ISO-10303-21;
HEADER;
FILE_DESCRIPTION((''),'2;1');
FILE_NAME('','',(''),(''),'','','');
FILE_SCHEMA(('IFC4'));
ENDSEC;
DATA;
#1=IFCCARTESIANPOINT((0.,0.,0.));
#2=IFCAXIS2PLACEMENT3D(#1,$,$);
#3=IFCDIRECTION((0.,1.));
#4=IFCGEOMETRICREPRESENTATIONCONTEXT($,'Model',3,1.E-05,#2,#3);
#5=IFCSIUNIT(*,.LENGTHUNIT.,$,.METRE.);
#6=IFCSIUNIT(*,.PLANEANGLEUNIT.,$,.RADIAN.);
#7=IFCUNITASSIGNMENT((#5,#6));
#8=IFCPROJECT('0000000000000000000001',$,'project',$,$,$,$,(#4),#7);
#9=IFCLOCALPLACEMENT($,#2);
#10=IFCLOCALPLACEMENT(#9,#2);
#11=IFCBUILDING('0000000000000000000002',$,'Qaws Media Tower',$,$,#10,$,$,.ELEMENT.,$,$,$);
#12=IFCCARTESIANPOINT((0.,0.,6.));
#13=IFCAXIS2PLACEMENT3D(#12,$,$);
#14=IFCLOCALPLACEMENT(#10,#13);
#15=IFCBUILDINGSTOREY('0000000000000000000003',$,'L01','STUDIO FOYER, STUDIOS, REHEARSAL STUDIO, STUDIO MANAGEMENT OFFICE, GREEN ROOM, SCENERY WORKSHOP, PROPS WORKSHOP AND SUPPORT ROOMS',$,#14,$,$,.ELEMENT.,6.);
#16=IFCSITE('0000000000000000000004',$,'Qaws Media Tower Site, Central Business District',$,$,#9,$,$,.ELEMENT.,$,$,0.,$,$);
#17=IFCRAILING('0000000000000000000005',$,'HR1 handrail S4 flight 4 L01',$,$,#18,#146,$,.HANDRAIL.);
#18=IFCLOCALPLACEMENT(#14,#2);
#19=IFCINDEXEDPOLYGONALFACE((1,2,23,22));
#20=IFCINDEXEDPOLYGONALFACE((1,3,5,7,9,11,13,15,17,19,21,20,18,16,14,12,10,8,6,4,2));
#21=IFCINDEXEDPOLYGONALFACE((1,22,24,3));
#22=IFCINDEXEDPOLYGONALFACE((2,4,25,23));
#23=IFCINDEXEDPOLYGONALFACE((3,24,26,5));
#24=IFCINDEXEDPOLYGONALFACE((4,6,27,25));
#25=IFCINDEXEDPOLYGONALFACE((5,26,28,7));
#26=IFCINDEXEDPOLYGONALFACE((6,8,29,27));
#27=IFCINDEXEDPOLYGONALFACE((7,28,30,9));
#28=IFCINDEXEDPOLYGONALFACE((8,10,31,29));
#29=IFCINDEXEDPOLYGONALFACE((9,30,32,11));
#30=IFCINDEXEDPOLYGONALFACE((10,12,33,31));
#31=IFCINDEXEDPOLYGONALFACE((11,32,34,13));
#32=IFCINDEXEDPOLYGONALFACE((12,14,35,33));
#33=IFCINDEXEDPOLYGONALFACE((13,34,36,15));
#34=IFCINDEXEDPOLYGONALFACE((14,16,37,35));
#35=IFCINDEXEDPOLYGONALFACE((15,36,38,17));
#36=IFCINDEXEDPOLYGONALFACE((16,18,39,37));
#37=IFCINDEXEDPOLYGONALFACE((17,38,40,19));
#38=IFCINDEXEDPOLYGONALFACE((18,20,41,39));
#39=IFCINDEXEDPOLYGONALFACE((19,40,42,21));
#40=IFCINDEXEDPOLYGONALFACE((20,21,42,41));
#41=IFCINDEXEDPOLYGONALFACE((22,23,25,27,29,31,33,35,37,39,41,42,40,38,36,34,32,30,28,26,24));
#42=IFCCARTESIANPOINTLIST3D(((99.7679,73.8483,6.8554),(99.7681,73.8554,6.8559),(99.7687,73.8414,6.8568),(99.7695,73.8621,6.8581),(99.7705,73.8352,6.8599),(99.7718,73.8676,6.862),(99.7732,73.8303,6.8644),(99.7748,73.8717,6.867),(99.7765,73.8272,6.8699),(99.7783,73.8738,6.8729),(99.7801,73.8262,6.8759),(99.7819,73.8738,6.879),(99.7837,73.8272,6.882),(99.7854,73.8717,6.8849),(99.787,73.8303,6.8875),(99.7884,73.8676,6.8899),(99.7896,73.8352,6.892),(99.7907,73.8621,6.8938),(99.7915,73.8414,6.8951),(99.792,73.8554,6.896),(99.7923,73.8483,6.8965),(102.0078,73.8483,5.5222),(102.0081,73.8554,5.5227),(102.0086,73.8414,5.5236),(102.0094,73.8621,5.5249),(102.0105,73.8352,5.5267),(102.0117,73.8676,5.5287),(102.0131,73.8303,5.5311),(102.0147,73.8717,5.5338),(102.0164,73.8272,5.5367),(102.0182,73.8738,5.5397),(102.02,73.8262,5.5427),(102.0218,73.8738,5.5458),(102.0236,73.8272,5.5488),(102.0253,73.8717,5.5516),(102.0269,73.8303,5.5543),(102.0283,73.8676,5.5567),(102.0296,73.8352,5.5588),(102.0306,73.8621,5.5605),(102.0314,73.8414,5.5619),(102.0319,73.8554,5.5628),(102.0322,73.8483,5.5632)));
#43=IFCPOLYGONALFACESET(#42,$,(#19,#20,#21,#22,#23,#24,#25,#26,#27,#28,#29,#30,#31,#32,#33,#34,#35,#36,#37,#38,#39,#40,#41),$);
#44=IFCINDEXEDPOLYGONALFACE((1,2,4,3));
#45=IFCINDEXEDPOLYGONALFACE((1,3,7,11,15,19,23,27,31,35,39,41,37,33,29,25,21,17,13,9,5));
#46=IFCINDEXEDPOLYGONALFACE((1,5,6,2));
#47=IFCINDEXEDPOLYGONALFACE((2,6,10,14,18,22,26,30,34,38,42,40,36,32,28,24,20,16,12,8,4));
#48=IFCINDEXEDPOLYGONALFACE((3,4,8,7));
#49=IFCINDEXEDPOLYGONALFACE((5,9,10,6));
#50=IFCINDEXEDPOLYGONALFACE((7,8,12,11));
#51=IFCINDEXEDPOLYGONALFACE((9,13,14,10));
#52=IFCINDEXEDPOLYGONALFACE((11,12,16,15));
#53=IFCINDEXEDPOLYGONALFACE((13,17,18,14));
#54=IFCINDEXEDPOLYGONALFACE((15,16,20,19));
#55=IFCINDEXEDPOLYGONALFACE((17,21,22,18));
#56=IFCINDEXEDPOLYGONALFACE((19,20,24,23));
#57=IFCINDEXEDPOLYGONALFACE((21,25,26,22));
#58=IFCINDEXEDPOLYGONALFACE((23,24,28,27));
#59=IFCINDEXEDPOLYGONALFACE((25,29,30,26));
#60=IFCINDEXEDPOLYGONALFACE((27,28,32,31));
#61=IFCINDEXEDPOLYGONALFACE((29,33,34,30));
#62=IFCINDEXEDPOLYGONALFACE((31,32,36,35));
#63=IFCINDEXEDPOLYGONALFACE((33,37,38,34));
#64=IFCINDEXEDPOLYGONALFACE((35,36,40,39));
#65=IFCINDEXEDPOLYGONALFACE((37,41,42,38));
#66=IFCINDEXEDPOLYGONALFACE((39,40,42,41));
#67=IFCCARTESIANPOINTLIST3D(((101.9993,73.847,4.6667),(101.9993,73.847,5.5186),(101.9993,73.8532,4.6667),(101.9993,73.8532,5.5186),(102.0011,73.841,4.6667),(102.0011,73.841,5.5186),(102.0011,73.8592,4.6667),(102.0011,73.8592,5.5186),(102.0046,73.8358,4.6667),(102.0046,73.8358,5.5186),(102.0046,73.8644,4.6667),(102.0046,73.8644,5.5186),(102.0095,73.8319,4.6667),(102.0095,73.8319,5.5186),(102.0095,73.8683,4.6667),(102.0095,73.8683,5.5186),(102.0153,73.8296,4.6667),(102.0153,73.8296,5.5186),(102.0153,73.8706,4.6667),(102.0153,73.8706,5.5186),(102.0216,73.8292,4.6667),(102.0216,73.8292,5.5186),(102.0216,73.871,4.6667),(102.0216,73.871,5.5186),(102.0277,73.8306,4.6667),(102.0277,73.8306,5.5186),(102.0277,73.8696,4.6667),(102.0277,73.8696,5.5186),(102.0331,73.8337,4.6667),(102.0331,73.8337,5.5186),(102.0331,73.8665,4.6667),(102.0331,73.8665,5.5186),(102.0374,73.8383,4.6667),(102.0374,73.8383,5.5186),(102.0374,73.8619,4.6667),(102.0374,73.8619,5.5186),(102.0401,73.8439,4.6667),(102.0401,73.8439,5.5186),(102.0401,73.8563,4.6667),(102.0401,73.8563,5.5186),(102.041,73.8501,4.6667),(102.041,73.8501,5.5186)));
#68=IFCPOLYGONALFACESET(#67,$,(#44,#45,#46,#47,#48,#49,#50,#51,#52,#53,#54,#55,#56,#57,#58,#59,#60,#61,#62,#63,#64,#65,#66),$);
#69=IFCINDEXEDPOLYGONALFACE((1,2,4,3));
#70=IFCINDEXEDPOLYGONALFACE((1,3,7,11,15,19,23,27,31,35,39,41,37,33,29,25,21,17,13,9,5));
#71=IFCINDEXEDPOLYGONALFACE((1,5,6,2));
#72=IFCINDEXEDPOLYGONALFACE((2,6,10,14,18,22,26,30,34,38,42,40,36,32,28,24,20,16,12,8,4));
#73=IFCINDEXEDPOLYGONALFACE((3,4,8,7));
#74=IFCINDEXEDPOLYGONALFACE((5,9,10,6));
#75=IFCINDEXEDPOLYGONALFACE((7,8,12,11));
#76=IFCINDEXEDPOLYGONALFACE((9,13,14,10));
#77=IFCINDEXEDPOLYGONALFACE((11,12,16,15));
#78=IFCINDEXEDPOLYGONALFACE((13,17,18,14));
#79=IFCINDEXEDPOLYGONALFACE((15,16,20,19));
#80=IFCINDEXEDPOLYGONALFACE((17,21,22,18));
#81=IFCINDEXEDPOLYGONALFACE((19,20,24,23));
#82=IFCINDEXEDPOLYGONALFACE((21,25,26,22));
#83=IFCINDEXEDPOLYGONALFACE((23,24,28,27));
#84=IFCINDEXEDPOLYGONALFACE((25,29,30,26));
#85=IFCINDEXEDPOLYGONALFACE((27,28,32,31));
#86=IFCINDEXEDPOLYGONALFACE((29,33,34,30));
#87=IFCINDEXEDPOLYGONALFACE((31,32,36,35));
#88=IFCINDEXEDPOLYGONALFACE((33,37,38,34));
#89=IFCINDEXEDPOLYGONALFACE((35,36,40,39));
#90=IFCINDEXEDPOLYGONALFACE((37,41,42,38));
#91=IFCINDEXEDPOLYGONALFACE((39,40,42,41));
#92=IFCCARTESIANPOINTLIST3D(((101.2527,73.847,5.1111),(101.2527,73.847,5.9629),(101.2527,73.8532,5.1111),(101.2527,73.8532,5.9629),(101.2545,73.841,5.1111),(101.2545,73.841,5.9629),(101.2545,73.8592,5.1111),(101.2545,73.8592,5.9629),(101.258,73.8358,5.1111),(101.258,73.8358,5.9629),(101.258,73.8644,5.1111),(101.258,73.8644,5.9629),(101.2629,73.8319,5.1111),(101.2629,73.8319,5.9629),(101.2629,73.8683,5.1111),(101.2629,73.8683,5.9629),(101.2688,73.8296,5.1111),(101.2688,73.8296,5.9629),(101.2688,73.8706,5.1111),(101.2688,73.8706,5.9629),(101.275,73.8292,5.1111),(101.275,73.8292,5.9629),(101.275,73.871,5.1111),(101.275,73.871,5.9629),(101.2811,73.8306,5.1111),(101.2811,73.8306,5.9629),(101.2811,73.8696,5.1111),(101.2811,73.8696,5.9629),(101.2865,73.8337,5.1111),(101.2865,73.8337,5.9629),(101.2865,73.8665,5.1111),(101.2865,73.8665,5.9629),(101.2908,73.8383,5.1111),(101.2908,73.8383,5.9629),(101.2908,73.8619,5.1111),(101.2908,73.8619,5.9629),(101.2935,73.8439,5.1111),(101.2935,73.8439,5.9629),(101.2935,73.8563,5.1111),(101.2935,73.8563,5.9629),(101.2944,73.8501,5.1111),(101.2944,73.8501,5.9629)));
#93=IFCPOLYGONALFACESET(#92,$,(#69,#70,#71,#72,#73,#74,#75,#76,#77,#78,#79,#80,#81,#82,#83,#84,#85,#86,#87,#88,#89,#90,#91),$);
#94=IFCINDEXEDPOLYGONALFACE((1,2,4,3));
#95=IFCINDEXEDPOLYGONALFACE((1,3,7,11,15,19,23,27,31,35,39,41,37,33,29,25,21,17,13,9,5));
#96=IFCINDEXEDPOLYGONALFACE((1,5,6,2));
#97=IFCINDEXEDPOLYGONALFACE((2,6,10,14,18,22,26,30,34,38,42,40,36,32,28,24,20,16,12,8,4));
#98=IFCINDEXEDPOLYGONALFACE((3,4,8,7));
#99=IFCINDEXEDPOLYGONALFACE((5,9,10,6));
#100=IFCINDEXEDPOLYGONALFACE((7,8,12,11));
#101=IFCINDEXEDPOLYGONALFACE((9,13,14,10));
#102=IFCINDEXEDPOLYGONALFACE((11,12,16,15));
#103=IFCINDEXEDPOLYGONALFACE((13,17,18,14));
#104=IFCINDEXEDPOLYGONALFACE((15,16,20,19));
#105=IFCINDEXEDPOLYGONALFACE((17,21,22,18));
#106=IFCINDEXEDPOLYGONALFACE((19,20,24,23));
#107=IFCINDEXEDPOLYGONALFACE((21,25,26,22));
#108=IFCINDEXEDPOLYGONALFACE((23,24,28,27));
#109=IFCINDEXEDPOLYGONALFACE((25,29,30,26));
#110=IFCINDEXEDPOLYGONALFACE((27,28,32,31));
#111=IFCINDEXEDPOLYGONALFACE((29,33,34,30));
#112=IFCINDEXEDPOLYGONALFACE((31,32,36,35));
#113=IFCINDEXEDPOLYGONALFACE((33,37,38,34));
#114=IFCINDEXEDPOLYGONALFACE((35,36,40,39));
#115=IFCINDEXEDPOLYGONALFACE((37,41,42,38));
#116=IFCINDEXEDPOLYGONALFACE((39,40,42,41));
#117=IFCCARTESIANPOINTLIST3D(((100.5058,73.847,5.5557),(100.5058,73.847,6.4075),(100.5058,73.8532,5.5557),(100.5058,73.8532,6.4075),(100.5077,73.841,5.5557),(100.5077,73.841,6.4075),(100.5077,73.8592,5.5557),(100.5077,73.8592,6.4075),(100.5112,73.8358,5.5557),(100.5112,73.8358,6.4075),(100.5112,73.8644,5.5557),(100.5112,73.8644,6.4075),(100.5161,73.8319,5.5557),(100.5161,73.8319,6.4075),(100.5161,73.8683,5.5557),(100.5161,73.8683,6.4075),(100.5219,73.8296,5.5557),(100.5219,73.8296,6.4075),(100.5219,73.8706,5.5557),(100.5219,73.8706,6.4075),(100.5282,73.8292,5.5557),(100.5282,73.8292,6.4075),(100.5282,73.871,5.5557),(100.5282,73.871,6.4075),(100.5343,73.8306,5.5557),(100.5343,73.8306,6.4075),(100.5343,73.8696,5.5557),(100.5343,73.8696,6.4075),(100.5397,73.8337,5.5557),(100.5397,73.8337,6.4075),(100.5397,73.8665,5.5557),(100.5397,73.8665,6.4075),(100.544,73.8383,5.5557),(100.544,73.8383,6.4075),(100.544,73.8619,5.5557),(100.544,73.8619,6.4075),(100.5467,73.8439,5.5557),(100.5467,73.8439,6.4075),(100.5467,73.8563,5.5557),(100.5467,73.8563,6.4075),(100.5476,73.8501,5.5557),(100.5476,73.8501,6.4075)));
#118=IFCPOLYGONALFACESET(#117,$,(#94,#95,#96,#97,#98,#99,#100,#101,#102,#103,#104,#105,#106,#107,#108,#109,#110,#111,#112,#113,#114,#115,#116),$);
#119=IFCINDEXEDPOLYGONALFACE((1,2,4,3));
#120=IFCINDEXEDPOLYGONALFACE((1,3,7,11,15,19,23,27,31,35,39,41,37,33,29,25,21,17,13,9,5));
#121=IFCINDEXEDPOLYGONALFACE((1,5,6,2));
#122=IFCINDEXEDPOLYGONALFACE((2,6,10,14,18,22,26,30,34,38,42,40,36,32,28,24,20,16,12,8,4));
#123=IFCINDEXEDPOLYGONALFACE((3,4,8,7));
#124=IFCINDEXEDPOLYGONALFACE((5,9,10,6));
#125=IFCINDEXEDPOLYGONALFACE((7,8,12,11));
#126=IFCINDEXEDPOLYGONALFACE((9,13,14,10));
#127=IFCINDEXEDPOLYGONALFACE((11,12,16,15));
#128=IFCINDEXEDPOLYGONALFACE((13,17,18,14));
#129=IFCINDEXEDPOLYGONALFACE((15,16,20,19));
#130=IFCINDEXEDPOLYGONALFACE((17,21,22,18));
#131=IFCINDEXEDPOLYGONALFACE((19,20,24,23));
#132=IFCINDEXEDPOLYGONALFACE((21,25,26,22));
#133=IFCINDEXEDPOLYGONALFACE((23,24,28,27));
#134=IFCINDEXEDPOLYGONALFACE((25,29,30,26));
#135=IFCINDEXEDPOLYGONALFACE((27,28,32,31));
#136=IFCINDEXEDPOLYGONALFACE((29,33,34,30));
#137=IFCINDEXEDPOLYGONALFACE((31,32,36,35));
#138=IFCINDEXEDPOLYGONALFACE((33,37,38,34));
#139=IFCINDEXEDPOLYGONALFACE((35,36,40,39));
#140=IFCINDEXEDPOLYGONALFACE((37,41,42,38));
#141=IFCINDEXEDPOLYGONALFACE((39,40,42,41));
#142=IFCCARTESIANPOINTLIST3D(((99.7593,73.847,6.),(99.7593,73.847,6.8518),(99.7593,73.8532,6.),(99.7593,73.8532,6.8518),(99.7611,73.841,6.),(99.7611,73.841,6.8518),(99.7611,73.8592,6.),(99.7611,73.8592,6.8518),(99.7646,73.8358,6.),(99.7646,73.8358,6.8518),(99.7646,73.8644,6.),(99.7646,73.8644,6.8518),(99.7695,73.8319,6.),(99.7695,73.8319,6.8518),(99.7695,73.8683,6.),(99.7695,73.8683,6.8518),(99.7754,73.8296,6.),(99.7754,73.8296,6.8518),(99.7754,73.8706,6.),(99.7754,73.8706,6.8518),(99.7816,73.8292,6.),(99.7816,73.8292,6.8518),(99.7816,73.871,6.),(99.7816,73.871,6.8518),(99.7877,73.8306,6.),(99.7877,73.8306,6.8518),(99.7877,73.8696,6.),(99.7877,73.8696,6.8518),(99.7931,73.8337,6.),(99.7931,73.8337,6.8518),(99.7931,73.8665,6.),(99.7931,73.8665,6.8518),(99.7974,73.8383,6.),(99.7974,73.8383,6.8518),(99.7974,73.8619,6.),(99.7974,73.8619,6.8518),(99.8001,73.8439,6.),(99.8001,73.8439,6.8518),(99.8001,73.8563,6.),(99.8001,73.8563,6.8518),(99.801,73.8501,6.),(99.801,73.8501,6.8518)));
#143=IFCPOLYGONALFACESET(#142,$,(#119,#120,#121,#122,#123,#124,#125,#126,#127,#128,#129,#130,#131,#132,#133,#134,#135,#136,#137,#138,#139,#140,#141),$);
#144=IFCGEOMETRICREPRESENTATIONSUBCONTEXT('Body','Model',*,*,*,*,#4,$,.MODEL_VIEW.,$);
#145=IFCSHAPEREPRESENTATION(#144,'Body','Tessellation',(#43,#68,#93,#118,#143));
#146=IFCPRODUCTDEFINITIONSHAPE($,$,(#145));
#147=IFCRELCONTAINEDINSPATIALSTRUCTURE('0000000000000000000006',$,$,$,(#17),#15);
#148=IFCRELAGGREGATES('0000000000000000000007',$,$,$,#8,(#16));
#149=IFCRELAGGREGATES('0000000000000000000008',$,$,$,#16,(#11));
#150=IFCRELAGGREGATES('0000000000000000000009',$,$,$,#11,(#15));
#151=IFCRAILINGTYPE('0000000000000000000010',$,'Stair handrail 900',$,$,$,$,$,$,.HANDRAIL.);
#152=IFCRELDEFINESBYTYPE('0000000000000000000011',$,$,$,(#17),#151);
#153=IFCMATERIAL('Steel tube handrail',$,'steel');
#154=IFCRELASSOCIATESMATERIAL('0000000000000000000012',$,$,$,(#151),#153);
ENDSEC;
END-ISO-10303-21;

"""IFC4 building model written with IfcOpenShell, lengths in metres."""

from ifc_helpers import new_model, si_unit, direction, frame, origin, origin_2d, place, context, subcontext, project, spatial, circle, extrude, material, type_object, element, save


model = new_model("IFC4")

# Units and contexts
model_context = context("Model", 3, precision=1e-05, world=origin(), true_north=direction((0.0, 1.0)))
body_context = subcontext(model_context, "Body", "Model", "MODEL_VIEW")
ifc_project = project(units=[si_unit("LENGTHUNIT", "METRE"), si_unit("PLANEANGLEUNIT", "RADIAN")], contexts=[model_context])

# Site, building, storey
site_placement = place(None, origin())
site = spatial("IfcSite", under=ifc_project, at=site_placement, Name="Qaws Media Tower Site, Central Business District", CompositionType="ELEMENT", RefElevation=0.0)
building_placement = place(site_placement, origin())
building = spatial("IfcBuilding", under=site, at=building_placement, Name="Qaws Media Tower", CompositionType="ELEMENT")
storey_placement = place(building_placement, frame((0.0, 0.0, 6.0)))
storey = spatial("IfcBuildingStorey", under=building, at=storey_placement, Name="L01", Description="STUDIO FOYER, STUDIOS, REHEARSAL STUDIO, STUDIO MANAGEMENT OFFICE, GREEN ROOM, SCENERY WORKSHOP, PROPS WORKSHOP AND SUPPORT ROOMS", CompositionType="ELEMENT", Elevation=6.0)

# Railing
ifc_material_1 = material(Name="Steel tube handrail", Category="steel")
railing_type = type_object("IfcRailingType", Name="Stair handrail 900", PredefinedType="HANDRAIL", material=ifc_material_1)
for number, where, name in (
    (1, (102.02, 73.8501, 4.6667), "HR1 handrail S4 flight 4 L01"),
):
    element("IfcRailing", number, at=place(storey_placement, frame(where)), inside=storey, type_object=railing_type, Name=name, PredefinedType="HANDRAIL", context=body_context, shape_type="SweptSolid", body=[
        extrude(circle(Radius=0.0239, at=origin_2d()), frame((0.0, 0.0, 0.876), z_axis=(-0.859306, 0.0, 0.511462), x_axis=(0.0, -1.0, 0.0)), (0.0, 0.0, 1.0), 2.6067),
        extrude(circle(Radius=0.021, at=origin_2d()), origin(), (0.0, 0.0, 1.0), 0.8518),
        extrude(circle(Radius=0.021, at=origin_2d()), frame((-0.7466, 0.0, 0.4443)), (0.0, 0.0, 1.0), 0.8518),
        extrude(circle(Radius=0.021, at=origin_2d()), frame((-1.4934, 0.0, 0.8889)), (0.0, 0.0, 1.0), 0.8518),
        extrude(circle(Radius=0.021, at=origin_2d()), frame((-2.24, 0.0, 1.3333)), (0.0, 0.0, 1.0), 0.8518),
    ])

save(model, "model.ifc")
